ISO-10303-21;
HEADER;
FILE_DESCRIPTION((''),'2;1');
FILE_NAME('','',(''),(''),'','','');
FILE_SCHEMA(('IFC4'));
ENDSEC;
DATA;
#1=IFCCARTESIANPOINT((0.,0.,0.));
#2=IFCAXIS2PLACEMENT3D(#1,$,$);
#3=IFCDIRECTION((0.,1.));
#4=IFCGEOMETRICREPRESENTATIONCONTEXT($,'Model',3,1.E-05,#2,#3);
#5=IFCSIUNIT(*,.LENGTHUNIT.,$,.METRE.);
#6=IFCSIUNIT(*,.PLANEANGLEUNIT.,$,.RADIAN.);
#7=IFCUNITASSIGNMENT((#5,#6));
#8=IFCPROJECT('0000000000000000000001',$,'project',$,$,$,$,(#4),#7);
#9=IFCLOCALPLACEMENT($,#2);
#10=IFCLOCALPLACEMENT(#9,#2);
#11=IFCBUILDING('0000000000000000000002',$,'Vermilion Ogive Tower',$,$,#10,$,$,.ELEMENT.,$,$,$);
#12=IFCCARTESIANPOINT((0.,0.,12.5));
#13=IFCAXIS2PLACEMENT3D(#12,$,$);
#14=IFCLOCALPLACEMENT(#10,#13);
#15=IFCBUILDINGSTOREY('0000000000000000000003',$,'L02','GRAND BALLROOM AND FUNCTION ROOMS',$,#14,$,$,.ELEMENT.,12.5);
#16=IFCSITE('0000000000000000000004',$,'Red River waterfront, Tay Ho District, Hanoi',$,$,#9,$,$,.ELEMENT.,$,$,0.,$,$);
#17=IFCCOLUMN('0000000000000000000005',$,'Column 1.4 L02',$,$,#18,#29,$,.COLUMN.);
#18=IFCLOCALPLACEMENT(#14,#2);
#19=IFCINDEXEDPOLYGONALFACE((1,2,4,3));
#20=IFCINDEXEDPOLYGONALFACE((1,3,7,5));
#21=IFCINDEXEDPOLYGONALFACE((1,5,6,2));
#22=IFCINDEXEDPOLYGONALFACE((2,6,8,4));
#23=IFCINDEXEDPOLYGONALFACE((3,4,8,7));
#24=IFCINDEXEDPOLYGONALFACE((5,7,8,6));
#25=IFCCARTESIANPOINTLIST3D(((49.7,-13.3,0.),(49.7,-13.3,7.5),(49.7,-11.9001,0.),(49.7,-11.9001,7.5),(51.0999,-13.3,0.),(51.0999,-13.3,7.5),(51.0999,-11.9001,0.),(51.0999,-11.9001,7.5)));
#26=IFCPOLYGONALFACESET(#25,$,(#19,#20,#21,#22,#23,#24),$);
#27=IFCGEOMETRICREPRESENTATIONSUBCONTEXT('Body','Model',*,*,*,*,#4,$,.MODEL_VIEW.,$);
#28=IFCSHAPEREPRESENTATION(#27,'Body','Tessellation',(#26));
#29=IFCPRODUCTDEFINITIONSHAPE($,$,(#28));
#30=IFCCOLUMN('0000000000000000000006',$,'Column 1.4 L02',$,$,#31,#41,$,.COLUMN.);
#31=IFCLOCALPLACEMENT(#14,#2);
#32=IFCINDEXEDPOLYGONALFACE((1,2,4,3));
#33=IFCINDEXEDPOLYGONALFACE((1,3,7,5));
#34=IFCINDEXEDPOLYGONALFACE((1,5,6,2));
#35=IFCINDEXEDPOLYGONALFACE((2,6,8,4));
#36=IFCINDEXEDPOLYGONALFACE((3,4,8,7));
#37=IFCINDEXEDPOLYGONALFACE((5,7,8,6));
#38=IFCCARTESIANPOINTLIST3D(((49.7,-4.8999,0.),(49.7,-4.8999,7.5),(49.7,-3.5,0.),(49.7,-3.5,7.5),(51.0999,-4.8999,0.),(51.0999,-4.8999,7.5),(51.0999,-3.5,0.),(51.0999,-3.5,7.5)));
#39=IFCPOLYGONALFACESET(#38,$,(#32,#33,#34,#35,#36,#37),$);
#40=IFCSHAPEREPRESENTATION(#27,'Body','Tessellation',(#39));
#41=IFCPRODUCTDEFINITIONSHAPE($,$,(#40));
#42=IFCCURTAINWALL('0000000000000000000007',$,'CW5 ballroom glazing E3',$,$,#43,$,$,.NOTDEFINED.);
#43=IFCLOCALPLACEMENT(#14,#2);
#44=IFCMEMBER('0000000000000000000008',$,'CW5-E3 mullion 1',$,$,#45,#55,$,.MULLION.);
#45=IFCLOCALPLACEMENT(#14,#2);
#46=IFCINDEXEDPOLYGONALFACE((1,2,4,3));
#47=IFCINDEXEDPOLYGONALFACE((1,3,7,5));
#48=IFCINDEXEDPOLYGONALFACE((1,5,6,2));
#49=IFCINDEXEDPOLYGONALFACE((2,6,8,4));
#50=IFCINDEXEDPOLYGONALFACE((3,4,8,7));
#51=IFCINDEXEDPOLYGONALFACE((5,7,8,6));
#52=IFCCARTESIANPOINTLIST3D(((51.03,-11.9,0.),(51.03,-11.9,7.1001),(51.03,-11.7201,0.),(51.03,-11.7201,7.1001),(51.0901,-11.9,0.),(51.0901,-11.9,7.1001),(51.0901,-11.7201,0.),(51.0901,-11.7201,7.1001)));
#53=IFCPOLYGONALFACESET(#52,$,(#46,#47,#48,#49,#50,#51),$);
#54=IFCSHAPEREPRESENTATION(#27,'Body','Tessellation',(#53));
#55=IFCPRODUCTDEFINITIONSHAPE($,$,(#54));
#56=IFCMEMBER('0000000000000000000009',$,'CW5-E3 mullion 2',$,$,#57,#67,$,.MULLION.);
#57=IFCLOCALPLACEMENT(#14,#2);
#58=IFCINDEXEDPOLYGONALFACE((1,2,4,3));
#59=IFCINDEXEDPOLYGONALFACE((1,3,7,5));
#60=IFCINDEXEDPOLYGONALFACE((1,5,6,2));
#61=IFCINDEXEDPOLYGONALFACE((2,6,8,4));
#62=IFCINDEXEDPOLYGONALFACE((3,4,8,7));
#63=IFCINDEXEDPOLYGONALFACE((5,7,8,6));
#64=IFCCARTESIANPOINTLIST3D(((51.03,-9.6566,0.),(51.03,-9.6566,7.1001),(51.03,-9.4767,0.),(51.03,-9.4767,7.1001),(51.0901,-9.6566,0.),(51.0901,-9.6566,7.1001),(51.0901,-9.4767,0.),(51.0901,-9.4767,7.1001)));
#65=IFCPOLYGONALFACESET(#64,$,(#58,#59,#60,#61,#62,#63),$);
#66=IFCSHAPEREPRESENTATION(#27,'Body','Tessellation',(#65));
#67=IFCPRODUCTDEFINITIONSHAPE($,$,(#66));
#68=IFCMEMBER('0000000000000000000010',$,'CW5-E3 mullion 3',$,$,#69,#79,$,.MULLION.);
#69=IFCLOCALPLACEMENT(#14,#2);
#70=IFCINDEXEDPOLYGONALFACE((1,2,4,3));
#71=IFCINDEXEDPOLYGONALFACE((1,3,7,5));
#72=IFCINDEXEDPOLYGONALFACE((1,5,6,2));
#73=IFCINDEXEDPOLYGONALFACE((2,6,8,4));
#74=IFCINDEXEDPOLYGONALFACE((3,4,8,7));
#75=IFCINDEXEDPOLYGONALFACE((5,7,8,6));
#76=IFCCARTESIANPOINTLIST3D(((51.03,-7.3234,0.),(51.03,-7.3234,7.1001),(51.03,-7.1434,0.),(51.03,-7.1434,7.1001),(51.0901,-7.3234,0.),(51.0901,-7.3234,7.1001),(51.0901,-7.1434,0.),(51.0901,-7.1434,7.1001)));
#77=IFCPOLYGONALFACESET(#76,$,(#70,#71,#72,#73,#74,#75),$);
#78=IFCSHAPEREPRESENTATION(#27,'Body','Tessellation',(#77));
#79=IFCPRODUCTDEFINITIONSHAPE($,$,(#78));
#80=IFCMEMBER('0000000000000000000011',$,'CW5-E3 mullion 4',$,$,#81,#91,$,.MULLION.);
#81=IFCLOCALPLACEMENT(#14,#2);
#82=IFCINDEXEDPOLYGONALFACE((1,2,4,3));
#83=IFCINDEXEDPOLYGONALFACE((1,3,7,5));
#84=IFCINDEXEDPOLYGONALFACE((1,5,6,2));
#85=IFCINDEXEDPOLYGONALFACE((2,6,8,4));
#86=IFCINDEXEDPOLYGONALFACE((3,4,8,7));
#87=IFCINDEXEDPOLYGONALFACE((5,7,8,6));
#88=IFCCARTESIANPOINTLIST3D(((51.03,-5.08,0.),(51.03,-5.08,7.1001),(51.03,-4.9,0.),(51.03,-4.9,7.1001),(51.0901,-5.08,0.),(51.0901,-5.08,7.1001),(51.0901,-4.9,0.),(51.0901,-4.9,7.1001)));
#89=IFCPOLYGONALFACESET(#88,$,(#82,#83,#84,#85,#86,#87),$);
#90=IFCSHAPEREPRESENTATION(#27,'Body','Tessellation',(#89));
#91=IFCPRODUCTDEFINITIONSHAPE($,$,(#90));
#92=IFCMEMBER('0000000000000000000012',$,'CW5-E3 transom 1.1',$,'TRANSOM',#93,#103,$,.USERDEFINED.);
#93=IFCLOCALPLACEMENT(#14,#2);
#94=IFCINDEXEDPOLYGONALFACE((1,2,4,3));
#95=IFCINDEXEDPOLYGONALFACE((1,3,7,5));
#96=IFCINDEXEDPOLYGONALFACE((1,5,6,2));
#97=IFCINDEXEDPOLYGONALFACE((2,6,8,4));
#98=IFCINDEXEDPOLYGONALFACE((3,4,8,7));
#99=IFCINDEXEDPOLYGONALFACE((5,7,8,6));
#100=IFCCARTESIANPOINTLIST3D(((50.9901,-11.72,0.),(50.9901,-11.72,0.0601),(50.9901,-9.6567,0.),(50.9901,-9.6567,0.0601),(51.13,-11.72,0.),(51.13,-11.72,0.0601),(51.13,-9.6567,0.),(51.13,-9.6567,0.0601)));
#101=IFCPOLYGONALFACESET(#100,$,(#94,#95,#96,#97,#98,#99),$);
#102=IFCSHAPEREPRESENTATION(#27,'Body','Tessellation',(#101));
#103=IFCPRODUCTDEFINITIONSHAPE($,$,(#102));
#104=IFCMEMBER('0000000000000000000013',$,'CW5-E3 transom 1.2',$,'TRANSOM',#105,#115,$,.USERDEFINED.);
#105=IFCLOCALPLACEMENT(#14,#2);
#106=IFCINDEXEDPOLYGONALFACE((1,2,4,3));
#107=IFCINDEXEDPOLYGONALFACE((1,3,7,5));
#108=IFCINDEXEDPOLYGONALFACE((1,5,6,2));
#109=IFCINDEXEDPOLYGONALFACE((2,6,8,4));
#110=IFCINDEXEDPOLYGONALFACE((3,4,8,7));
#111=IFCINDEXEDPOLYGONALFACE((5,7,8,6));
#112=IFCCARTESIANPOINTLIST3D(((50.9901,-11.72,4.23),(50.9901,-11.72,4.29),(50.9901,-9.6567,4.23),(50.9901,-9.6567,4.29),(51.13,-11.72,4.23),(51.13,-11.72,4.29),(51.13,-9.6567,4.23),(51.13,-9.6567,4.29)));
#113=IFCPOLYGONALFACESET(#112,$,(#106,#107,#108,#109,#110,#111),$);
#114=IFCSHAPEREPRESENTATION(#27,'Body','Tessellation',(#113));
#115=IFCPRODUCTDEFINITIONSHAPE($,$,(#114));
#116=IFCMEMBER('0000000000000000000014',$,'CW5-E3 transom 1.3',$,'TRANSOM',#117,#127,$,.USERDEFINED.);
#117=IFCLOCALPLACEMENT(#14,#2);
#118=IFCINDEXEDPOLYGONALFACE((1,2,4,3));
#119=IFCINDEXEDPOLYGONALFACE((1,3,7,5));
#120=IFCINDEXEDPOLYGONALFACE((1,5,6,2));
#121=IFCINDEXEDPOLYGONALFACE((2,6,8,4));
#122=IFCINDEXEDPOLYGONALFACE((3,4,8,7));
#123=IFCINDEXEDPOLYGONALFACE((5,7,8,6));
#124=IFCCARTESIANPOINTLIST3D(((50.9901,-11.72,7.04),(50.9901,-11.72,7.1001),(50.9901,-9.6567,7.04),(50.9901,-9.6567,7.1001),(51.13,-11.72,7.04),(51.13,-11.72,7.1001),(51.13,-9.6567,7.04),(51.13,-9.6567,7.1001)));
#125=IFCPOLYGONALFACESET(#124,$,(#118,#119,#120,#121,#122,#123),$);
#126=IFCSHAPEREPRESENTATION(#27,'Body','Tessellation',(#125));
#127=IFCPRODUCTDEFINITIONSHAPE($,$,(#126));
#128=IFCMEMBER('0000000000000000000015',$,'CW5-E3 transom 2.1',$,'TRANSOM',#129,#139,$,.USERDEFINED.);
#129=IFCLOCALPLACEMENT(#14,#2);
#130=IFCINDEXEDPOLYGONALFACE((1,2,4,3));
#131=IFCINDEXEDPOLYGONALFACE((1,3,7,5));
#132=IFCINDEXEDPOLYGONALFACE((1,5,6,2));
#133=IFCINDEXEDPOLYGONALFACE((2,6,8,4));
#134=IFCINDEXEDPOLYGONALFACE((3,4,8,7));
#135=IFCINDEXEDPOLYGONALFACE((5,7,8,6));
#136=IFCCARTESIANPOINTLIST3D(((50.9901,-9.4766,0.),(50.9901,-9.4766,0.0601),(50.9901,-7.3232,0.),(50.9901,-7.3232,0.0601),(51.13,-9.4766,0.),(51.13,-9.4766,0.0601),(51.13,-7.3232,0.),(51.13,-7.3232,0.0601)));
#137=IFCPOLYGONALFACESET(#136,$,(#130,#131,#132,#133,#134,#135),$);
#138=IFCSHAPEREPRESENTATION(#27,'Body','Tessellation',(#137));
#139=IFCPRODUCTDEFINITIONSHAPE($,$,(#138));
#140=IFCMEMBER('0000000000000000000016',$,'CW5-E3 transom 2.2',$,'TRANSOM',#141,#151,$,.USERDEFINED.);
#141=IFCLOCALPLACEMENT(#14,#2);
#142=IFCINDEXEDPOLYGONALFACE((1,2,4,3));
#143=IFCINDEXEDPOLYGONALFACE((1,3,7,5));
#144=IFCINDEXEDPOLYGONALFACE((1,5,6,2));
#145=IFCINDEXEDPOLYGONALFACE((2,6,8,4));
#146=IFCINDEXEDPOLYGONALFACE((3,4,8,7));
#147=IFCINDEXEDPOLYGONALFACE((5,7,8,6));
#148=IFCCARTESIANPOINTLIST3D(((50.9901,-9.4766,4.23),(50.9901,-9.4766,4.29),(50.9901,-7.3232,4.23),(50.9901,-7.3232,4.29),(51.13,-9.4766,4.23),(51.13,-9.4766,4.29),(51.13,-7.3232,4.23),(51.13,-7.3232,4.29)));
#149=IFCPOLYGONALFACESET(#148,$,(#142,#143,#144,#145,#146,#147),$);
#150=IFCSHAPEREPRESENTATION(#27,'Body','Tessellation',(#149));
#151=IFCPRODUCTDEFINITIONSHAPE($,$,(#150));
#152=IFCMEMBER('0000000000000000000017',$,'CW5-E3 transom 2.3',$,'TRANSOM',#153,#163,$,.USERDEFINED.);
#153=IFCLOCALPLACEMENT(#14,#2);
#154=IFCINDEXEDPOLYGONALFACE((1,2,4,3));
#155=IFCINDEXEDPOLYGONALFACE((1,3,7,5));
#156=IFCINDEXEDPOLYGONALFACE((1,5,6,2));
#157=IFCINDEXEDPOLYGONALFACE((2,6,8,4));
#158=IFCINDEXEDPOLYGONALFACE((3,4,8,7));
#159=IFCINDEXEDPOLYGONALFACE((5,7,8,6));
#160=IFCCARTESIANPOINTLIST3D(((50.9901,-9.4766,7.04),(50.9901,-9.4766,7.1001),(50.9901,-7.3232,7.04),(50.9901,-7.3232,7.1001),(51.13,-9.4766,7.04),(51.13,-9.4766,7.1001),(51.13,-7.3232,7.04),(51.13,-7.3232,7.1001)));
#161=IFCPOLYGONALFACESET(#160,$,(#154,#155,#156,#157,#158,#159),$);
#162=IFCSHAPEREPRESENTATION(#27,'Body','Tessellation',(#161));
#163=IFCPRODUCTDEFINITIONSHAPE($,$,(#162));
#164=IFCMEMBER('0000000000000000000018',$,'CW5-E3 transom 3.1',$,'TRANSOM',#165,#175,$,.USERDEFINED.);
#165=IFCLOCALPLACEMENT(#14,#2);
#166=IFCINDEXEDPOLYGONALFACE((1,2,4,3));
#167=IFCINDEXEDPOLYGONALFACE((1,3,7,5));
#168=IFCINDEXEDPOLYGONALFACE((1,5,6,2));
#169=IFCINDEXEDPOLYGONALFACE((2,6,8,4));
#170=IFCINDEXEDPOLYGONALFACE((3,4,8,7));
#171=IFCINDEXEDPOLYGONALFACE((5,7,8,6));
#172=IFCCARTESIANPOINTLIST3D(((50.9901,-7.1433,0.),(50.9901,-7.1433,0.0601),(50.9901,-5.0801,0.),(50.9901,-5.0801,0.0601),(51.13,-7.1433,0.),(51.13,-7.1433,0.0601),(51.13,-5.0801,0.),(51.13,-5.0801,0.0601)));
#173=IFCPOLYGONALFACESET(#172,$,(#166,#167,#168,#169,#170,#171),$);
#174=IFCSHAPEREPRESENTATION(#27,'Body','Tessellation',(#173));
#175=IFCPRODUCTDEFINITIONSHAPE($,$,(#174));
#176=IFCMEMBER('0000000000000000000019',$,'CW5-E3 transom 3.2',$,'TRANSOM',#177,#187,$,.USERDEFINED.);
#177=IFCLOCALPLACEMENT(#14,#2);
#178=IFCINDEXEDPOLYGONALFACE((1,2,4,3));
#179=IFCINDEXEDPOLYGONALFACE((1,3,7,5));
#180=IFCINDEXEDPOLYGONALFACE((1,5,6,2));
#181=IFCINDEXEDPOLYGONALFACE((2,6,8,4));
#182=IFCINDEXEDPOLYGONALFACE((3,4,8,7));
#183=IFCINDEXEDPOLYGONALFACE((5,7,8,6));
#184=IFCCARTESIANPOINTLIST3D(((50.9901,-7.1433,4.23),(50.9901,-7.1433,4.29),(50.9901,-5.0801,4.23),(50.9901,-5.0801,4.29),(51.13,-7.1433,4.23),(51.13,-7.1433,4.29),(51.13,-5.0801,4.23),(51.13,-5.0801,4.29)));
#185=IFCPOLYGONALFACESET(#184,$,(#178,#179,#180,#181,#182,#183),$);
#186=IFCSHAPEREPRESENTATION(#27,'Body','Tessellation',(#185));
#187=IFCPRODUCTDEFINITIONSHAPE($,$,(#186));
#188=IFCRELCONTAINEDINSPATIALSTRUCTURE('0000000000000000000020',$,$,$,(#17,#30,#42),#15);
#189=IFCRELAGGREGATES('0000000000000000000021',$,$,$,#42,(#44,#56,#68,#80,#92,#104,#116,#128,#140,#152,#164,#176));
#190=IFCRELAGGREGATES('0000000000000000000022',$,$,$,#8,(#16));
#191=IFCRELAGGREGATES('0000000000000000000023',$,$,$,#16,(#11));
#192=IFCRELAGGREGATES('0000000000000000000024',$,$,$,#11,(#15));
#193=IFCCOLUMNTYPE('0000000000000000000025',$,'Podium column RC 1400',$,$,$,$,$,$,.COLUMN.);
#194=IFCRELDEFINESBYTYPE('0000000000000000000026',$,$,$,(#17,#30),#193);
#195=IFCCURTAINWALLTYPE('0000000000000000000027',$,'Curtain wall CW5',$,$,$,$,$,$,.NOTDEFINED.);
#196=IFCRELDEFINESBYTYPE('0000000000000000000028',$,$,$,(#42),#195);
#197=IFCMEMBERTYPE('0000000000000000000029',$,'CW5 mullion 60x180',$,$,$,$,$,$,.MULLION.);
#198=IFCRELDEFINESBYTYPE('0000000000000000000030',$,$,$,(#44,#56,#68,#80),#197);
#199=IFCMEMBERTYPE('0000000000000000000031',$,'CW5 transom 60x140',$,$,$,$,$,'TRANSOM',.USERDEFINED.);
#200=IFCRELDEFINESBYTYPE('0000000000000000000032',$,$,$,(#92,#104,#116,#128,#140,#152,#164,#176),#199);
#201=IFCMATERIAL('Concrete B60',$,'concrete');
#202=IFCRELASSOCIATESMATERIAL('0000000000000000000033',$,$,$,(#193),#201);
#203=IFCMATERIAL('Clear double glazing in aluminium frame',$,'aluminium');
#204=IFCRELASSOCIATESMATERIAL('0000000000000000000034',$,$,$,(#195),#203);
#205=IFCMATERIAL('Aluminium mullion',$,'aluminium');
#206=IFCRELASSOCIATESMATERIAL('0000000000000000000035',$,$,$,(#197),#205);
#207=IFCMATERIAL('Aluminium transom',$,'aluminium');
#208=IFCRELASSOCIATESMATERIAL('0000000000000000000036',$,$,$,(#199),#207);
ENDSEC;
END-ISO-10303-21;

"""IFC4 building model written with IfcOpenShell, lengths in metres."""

from ifc_helpers import new_model, si_unit, direction, frame, origin, origin_2d, place, context, subcontext, project, spatial, rectangle, extrude, material, material_profile, profile_set, type_object, element, aggregate, save


model = new_model("IFC4")

# Units and contexts
model_context = context("Model", 3, precision=1e-05, world=origin(), true_north=direction((0.0, 1.0)))
body_context = subcontext(model_context, "Body", "Model", "MODEL_VIEW")
ifc_project = project(units=[si_unit("LENGTHUNIT", "METRE"), si_unit("PLANEANGLEUNIT", "RADIAN")], contexts=[model_context])

# Site, building, storey
site_placement = place(None, origin())
site = spatial("IfcSite", under=ifc_project, at=site_placement, Name="Red River waterfront, Tay Ho District, Hanoi", CompositionType="ELEMENT", RefElevation=0.0)
building_placement = place(site_placement, origin())
building = spatial("IfcBuilding", under=site, at=building_placement, Name="Vermilion Ogive Tower", CompositionType="ELEMENT")
storey_placement = place(building_placement, frame((0.0, 0.0, 12.5)))
storey = spatial("IfcBuildingStorey", under=building, at=storey_placement, Name="L02", Description="GRAND BALLROOM AND FUNCTION ROOMS", CompositionType="ELEMENT", Elevation=12.5)

# Columns
ifc_material_1 = material(Name="Concrete B60", Category="concrete")
ifc_material_profile_1 = material_profile(ifc_material_1, rectangle(XDim=1.3999, YDim=1.3999, at=origin_2d()), Name="RC 1400x1400")
ifc_profile_set_1 = profile_set([ifc_material_profile_1], Name="Concrete B60")
column_type = type_object("IfcColumnType", Name="Podium column RC 1400", PredefinedType="COLUMN", material=ifc_profile_set_1)
for number, where, z_axis, x_axis, name in (
    (1, (50.3999, -12.6001, 0.0), (0.0, 0.0, 1.0), (1.0, 0.0, 0.0), "Column 1.4 L02"),
    (2, (50.3999, -4.2, 0.0), (0.0, 0.0, 1.0), (1.0, 0.0, 0.0), "Column 1.4 L02"),
):
    element("IfcColumn", number, at=place(storey_placement, frame(where, z_axis=z_axis, x_axis=x_axis)), inside=storey, type_object=column_type, Name=name, PredefinedType="COLUMN", context=body_context, shape_type="SweptSolid", body=[
        extrude(rectangle(XDim=1.3999, YDim=1.3999, at=origin_2d()), origin(), (0.0, 0.0, 1.0), 7.5),
    ])

# Curtain wall, members
ifc_material_2 = material(Name="Clear double glazing in aluminium frame", Category="aluminium")
curtain_wall_type = type_object("IfcCurtainWallType", Name="Curtain wall CW5", PredefinedType="NOTDEFINED", material=ifc_material_2)
curtain_wall_placement = place(storey_placement, origin())
curtain_wall = element("IfcCurtainWall", 3, at=curtain_wall_placement, inside=storey, type_object=curtain_wall_type, Name="CW5 ballroom glazing E3", PredefinedType="NOTDEFINED")
ifc_material_3 = material(Name="Aluminium mullion", Category="aluminium")
ifc_material_profile_2 = material_profile(ifc_material_3, rectangle(XDim=0.0601, YDim=0.1799, at=origin_2d()), Name="AL 60x180")
ifc_profile_set_2 = profile_set([ifc_material_profile_2], Name="Aluminium mullion")
member_type_1 = type_object("IfcMemberType", Name="CW5 mullion 60x180", PredefinedType="MULLION", material=ifc_profile_set_2)
member_1_placement = place(storey_placement, frame((51.0601, -11.8101, 0.0), z_axis=(0.0, 0.0, 1.0), x_axis=(-1.0, 0.0, 0.0)))
member_1 = element("IfcMember", 4, at=member_1_placement, type_object=member_type_1, Name="CW5-E3 mullion 1", PredefinedType="MULLION", context=body_context, shape_type="SweptSolid", body=[
    extrude(rectangle(XDim=0.0601, YDim=0.1799, at=origin_2d()), origin(), (0.0, 0.0, 1.0), 7.1001),
])
member_2_placement = place(storey_placement, frame((51.0601, -9.5667, 0.0), z_axis=(0.0, 0.0, 1.0), x_axis=(-1.0, 0.0, 0.0)))
member_2 = element("IfcMember", 5, at=member_2_placement, type_object=member_type_1, Name="CW5-E3 mullion 2", PredefinedType="MULLION", context=body_context, shape_type="SweptSolid", body=[
    extrude(rectangle(XDim=0.0601, YDim=0.1799, at=origin_2d()), origin(), (0.0, 0.0, 1.0), 7.1001),
])
member_3_placement = place(storey_placement, frame((51.0601, -7.2334, 0.0), z_axis=(0.0, 0.0, 1.0), x_axis=(-1.0, 0.0, 0.0)))
member_3 = element("IfcMember", 6, at=member_3_placement, type_object=member_type_1, Name="CW5-E3 mullion 3", PredefinedType="MULLION", context=body_context, shape_type="SweptSolid", body=[
    extrude(rectangle(XDim=0.0601, YDim=0.1799, at=origin_2d()), origin(), (0.0, 0.0, 1.0), 7.1001),
])
member_4_placement = place(storey_placement, frame((51.0601, -4.99, 0.0), z_axis=(0.0, 0.0, 1.0), x_axis=(-1.0, 0.0, 0.0)))
member_4 = element("IfcMember", 7, at=member_4_placement, type_object=member_type_1, Name="CW5-E3 mullion 4", PredefinedType="MULLION", context=body_context, shape_type="SweptSolid", body=[
    extrude(rectangle(XDim=0.0601, YDim=0.1799, at=origin_2d()), origin(), (0.0, 0.0, 1.0), 7.1001),
])
ifc_material_4 = material(Name="Aluminium transom", Category="aluminium")
ifc_material_profile_3 = material_profile(ifc_material_4, rectangle(XDim=0.1399, YDim=0.0601, at=origin_2d()), Name="AL 60x140")
ifc_profile_set_3 = profile_set([ifc_material_profile_3], Name="Aluminium transom")
member_type_2 = type_object("IfcMemberType", Name="CW5 transom 60x140", ElementType="TRANSOM", PredefinedType="USERDEFINED", material=ifc_profile_set_3)
member_5_placement = place(storey_placement, frame((51.0601, -11.72, 0.03), z_axis=(0.0, 1.0, 0.0), x_axis=(-1.0, 0.0, 0.0)))
member_5 = element("IfcMember", 8, at=member_5_placement, type_object=member_type_2, Name="CW5-E3 transom 1.1", ObjectType="TRANSOM", PredefinedType="USERDEFINED", context=body_context, shape_type="SweptSolid", body=[
    extrude(rectangle(XDim=0.1399, YDim=0.0601, at=origin_2d()), origin(), (0.0, 0.0, 1.0), 2.0632),
])
member_6_placement = place(storey_placement, frame((51.0601, -11.72, 4.26), z_axis=(0.0, 1.0, 0.0), x_axis=(-1.0, 0.0, 0.0)))
member_6 = element("IfcMember", 9, at=member_6_placement, type_object=member_type_2, Name="CW5-E3 transom 1.2", ObjectType="TRANSOM", PredefinedType="USERDEFINED", context=body_context, shape_type="SweptSolid", body=[
    extrude(rectangle(XDim=0.1399, YDim=0.0601, at=origin_2d()), origin(), (0.0, 0.0, 1.0), 2.0632),
])
member_7_placement = place(storey_placement, frame((51.0601, -11.72, 7.0701), z_axis=(0.0, 1.0, 0.0), x_axis=(-1.0, 0.0, 0.0)))
member_7 = element("IfcMember", 10, at=member_7_placement, type_object=member_type_2, Name="CW5-E3 transom 1.3", ObjectType="TRANSOM", PredefinedType="USERDEFINED", context=body_context, shape_type="SweptSolid", body=[
    extrude(rectangle(XDim=0.1399, YDim=0.0601, at=origin_2d()), origin(), (0.0, 0.0, 1.0), 2.0632),
])
member_8_placement = place(storey_placement, frame((51.0601, -9.4766, 0.03), z_axis=(0.0, 1.0, 0.0), x_axis=(-1.0, 0.0, 0.0)))
member_8 = element("IfcMember", 11, at=member_8_placement, type_object=member_type_2, Name="CW5-E3 transom 2.1", ObjectType="TRANSOM", PredefinedType="USERDEFINED", context=body_context, shape_type="SweptSolid", body=[
    extrude(rectangle(XDim=0.1399, YDim=0.0601, at=origin_2d()), origin(), (0.0, 0.0, 1.0), 2.1533),
])
member_9_placement = place(storey_placement, frame((51.0601, -9.4766, 4.26), z_axis=(0.0, 1.0, 0.0), x_axis=(-1.0, 0.0, 0.0)))
member_9 = element("IfcMember", 12, at=member_9_placement, type_object=member_type_2, Name="CW5-E3 transom 2.2", ObjectType="TRANSOM", PredefinedType="USERDEFINED", context=body_context, shape_type="SweptSolid", body=[
    extrude(rectangle(XDim=0.1399, YDim=0.0601, at=origin_2d()), origin(), (0.0, 0.0, 1.0), 2.1533),
])
member_10_placement = place(storey_placement, frame((51.0601, -9.4766, 7.0701), z_axis=(0.0, 1.0, 0.0), x_axis=(-1.0, 0.0, 0.0)))
member_10 = element("IfcMember", 13, at=member_10_placement, type_object=member_type_2, Name="CW5-E3 transom 2.3", ObjectType="TRANSOM", PredefinedType="USERDEFINED", context=body_context, shape_type="SweptSolid", body=[
    extrude(rectangle(XDim=0.1399, YDim=0.0601, at=origin_2d()), origin(), (0.0, 0.0, 1.0), 2.1533),
])
member_11_placement = place(storey_placement, frame((51.0601, -7.1433, 0.03), z_axis=(0.0, 1.0, 0.0), x_axis=(-1.0, 0.0, 0.0)))
member_11 = element("IfcMember", 14, at=member_11_placement, type_object=member_type_2, Name="CW5-E3 transom 3.1", ObjectType="TRANSOM", PredefinedType="USERDEFINED", context=body_context, shape_type="SweptSolid", body=[
    extrude(rectangle(XDim=0.1399, YDim=0.0601, at=origin_2d()), origin(), (0.0, 0.0, 1.0), 2.0632),
])
member_12_placement = place(storey_placement, frame((51.0601, -7.1433, 4.26), z_axis=(0.0, 1.0, 0.0), x_axis=(-1.0, 0.0, 0.0)))
member_12 = element("IfcMember", 15, at=member_12_placement, type_object=member_type_2, Name="CW5-E3 transom 3.2", ObjectType="TRANSOM", PredefinedType="USERDEFINED", context=body_context, shape_type="SweptSolid", body=[
    extrude(rectangle(XDim=0.1399, YDim=0.0601, at=origin_2d()), origin(), (0.0, 0.0, 1.0), 2.0632),
])
aggregate(curtain_wall, [member_1, member_2, member_3, member_4, member_5, member_6, member_7, member_8, member_9, member_10, member_11, member_12])

save(model, "model.ifc")
